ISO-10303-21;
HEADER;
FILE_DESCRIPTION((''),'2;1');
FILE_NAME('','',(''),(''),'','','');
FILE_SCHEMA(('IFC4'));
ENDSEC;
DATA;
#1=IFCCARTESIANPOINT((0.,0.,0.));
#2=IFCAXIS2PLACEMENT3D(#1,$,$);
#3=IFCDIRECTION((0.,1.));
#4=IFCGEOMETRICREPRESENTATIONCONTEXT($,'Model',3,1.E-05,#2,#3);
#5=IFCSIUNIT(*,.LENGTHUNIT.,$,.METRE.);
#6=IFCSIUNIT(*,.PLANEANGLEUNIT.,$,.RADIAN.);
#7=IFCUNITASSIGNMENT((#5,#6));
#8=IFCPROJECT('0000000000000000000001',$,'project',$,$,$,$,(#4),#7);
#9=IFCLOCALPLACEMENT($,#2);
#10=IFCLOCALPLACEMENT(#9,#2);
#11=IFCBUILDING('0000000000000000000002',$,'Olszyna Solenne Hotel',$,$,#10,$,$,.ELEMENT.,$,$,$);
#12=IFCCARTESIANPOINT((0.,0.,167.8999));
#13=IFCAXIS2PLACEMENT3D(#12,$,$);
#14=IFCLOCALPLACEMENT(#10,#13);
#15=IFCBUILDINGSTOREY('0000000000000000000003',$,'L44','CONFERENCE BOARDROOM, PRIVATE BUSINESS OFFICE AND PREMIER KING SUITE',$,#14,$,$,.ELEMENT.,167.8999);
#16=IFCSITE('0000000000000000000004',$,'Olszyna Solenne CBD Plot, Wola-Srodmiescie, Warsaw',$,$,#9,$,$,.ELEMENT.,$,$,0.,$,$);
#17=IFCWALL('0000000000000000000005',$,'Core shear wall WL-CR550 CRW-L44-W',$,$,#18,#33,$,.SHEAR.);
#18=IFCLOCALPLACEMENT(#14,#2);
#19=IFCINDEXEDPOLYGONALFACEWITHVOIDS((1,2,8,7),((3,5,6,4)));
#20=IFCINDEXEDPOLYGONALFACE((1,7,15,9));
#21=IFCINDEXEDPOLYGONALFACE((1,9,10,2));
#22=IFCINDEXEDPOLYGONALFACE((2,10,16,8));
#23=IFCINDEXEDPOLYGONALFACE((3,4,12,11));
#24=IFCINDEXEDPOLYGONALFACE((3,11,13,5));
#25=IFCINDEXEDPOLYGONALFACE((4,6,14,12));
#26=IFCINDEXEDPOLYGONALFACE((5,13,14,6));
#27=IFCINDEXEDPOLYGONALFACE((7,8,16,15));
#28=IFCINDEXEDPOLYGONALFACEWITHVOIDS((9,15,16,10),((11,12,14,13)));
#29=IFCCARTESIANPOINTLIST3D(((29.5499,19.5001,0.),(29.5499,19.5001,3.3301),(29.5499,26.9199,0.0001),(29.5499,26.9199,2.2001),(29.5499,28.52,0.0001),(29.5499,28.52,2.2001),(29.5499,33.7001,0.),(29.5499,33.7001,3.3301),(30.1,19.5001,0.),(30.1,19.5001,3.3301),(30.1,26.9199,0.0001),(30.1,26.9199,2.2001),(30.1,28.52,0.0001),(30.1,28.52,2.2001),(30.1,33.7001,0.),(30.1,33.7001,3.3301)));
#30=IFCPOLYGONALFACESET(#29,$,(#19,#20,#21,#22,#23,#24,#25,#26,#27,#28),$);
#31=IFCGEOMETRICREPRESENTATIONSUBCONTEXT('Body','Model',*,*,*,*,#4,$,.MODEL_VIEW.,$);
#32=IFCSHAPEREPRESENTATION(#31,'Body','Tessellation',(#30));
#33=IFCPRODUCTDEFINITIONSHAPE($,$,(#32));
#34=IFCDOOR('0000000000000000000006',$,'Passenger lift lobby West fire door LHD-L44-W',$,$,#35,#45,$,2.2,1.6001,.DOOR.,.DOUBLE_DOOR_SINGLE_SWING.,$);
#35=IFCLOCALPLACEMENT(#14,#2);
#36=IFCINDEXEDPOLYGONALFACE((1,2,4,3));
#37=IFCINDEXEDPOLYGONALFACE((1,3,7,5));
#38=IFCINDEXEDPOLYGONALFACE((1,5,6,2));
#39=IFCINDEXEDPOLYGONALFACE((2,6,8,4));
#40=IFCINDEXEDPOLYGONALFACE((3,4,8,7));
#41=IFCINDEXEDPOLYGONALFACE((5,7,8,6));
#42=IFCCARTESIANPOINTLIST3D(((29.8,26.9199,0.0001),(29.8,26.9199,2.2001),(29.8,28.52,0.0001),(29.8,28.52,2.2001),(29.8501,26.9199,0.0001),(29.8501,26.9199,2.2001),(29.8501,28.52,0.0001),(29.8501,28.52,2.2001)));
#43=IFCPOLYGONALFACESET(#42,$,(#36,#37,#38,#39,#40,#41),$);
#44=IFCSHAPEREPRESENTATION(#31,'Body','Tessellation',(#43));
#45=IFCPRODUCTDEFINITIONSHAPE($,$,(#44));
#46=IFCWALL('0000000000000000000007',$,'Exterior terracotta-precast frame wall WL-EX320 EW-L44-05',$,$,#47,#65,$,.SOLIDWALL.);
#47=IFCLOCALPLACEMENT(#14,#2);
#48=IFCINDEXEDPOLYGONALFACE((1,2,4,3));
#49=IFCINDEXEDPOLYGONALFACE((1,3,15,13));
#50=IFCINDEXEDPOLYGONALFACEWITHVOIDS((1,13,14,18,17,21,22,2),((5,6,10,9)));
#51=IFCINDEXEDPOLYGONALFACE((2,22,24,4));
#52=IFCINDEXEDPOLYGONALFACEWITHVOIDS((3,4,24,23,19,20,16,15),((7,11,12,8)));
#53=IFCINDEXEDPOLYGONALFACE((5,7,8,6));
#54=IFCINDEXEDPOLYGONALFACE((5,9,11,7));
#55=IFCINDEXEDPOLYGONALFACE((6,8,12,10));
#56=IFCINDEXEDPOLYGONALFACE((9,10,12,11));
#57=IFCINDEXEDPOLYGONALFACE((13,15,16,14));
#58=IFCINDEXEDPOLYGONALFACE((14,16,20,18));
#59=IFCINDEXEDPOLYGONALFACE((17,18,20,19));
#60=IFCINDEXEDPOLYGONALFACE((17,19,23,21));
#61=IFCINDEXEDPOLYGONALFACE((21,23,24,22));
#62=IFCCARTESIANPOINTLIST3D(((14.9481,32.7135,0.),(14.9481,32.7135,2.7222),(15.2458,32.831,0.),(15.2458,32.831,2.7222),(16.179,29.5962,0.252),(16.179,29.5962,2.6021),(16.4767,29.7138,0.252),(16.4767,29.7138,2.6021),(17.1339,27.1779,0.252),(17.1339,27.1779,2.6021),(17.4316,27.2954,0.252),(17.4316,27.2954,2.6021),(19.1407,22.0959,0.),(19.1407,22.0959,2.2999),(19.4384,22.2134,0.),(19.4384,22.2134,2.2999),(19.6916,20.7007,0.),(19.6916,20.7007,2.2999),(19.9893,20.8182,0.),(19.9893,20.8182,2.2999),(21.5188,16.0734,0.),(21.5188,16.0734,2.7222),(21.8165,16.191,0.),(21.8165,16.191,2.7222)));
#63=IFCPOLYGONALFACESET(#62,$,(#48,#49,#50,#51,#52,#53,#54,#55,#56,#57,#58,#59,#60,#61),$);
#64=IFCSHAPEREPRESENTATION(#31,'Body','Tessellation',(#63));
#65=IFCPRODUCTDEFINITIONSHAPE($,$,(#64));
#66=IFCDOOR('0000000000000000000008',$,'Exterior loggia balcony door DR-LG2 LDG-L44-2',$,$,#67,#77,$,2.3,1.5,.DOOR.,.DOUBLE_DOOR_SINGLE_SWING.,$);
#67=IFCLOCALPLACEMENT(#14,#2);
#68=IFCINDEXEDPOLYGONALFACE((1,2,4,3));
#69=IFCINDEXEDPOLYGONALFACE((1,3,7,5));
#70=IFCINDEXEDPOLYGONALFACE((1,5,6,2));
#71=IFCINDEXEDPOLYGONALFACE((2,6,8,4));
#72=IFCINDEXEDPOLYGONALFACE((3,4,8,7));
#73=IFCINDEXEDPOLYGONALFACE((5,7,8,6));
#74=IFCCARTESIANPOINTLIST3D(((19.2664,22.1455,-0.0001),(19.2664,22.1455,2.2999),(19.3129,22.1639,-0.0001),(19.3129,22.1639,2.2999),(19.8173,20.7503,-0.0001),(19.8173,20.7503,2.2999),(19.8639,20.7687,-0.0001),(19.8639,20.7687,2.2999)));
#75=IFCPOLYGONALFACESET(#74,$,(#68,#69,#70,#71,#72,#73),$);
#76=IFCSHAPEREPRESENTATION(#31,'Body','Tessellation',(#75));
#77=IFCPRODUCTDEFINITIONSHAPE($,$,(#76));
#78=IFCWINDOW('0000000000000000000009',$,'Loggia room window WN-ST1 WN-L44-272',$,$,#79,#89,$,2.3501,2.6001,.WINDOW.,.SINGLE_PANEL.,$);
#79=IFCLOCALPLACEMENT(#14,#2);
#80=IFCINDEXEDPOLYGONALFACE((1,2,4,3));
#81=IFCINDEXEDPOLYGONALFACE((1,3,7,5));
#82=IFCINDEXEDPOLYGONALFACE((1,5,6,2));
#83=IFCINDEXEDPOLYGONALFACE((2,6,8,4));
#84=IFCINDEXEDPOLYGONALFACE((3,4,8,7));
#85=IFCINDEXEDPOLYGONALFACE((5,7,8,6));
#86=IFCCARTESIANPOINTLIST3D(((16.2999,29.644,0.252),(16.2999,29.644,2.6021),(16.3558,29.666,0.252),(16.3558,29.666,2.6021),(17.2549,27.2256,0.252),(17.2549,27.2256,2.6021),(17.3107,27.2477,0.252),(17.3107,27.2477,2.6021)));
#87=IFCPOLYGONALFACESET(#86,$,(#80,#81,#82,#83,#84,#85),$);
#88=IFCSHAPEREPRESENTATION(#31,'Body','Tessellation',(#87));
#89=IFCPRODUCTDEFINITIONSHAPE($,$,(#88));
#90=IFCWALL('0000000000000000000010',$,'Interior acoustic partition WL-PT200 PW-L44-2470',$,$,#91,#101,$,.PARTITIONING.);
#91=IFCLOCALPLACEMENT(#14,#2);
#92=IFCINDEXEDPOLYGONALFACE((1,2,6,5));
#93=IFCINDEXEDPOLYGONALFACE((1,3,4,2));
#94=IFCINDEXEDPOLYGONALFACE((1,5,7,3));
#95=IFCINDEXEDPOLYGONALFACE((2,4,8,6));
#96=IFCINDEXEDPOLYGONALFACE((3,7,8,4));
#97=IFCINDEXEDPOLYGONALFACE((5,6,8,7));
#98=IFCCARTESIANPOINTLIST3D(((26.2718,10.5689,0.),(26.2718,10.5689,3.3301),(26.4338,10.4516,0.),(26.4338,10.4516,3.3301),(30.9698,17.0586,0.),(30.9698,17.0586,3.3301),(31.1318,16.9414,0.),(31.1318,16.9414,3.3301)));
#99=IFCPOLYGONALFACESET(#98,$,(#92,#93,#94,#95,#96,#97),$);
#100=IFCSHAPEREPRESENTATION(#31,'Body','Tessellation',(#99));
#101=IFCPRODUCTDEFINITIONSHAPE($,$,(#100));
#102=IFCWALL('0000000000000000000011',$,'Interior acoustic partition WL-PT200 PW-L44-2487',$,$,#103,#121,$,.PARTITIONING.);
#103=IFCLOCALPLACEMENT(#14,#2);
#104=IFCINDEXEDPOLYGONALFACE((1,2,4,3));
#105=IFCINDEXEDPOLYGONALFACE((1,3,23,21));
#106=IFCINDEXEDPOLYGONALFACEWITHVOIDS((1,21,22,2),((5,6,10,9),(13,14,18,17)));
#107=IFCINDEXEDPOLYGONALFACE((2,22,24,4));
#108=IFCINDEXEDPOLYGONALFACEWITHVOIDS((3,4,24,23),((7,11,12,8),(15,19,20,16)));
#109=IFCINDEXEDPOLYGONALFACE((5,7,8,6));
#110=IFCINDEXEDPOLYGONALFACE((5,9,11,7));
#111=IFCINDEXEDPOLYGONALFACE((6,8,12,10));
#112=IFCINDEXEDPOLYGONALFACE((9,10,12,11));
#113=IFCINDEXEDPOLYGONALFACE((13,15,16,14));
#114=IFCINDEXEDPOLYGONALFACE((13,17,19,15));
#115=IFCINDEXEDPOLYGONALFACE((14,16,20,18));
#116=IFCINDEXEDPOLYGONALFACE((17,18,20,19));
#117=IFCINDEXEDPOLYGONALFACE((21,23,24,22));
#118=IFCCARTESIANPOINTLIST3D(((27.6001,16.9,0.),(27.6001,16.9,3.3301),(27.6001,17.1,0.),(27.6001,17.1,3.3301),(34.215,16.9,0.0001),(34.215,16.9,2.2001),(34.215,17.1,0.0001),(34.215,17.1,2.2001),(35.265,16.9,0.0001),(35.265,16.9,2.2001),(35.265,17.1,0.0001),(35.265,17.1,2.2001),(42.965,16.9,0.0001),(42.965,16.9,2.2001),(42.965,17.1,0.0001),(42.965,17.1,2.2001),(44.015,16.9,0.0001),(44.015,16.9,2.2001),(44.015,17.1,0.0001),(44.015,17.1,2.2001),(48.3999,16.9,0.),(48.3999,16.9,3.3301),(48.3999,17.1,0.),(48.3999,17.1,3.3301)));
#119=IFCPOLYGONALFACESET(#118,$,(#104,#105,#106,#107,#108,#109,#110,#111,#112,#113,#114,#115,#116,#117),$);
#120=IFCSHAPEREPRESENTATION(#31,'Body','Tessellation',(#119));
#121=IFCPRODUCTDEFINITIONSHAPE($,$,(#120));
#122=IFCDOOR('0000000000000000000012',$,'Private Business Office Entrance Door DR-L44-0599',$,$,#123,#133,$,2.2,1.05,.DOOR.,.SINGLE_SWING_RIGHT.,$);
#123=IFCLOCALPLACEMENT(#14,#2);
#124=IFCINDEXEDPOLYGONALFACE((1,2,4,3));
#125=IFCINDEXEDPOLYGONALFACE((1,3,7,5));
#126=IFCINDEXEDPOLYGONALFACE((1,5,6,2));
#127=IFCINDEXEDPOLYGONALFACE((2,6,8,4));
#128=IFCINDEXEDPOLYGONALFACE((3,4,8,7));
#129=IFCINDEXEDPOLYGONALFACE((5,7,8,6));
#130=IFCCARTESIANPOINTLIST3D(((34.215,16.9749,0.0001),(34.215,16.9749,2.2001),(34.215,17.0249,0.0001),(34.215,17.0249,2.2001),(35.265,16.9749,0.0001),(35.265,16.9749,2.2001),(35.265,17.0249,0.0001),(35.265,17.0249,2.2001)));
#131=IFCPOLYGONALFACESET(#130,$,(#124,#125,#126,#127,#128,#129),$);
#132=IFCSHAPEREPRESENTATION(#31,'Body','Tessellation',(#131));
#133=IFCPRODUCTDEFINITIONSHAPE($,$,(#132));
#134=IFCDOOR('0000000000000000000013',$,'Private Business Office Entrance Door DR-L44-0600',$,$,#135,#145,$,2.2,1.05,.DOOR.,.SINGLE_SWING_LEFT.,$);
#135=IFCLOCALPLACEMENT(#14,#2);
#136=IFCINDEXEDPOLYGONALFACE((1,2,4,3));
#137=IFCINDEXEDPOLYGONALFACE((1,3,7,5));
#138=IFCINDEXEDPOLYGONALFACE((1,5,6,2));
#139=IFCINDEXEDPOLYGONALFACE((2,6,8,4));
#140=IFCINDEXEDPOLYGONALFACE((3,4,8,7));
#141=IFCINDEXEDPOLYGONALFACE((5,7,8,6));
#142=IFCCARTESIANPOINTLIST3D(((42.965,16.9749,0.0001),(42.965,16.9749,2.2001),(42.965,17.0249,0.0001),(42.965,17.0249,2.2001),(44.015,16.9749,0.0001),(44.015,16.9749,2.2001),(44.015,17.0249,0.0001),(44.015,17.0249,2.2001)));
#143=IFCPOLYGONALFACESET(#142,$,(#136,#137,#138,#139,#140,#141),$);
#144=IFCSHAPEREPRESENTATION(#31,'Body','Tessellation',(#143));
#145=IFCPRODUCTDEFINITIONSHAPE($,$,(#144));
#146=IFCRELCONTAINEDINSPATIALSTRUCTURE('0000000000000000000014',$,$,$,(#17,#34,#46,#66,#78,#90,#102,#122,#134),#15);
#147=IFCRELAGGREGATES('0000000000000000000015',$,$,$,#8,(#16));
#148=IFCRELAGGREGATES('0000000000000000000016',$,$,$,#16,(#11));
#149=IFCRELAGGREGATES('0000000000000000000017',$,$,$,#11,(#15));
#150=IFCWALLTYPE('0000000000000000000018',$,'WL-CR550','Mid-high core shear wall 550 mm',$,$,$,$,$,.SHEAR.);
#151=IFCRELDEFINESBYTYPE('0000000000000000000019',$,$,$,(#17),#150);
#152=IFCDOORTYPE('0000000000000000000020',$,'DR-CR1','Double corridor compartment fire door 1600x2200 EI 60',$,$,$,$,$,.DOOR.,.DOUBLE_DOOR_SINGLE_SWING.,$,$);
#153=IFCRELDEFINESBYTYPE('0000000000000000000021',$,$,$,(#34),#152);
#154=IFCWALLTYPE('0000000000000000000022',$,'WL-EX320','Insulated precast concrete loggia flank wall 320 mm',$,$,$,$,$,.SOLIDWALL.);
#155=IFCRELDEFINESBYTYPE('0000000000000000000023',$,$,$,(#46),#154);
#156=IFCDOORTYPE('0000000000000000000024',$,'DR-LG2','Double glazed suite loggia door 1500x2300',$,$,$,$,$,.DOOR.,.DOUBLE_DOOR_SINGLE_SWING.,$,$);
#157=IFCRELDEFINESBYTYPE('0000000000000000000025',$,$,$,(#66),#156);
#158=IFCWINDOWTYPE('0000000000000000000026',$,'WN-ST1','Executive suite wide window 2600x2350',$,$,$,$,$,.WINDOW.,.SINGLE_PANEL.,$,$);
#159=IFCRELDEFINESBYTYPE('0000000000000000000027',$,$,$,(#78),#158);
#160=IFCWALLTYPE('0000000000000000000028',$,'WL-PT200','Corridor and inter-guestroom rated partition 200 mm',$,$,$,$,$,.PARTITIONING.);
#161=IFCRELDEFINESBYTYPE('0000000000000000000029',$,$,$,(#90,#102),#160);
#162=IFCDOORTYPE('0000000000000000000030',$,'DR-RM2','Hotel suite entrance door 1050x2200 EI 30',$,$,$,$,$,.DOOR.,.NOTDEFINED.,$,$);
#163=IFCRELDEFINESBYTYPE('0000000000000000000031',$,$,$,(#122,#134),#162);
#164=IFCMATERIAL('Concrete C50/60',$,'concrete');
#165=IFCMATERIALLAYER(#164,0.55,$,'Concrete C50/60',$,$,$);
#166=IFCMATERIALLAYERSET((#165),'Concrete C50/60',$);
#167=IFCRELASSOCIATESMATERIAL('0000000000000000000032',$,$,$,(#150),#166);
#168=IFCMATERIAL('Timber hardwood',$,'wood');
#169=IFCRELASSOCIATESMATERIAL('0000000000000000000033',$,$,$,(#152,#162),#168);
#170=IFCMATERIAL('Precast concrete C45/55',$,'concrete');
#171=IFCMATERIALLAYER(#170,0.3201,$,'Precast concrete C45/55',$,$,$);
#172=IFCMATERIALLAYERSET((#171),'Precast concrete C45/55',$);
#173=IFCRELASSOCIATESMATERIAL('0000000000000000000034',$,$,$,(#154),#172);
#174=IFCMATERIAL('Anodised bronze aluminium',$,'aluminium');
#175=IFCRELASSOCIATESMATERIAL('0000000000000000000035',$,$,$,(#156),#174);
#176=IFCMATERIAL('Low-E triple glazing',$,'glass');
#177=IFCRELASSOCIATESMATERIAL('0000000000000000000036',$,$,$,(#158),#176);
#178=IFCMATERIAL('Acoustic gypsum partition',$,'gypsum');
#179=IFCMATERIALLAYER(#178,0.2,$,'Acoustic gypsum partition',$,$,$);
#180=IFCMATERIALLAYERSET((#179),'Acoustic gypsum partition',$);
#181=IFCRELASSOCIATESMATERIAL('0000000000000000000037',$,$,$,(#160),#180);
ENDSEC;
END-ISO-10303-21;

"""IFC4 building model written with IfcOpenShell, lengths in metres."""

from ifc_helpers import new_model, si_unit, direction, frame, frame_2d, origin, place, context, subcontext, project, spatial, rectangle, extrude, source, transform, mapped, material, layer, layer_set, type_object, type_shapes, element, fill, save


model = new_model("IFC4")

# Units and contexts
model_context = context("Model", 3, precision=1e-05, world=origin(), true_north=direction((0.0, 1.0)))
body_context = subcontext(model_context, "Body", "Model", "MODEL_VIEW")
ifc_project = project(units=[si_unit("LENGTHUNIT", "METRE"), si_unit("PLANEANGLEUNIT", "RADIAN")], contexts=[model_context])

# Site, building, storey
site_placement = place(None, origin())
site = spatial("IfcSite", under=ifc_project, at=site_placement, Name="Olszyna Solenne CBD Plot, Wola-Srodmiescie, Warsaw", CompositionType="ELEMENT", RefElevation=0.0)
building_placement = place(site_placement, origin())
building = spatial("IfcBuilding", under=site, at=building_placement, Name="Olszyna Solenne Hotel", CompositionType="ELEMENT")
storey_placement = place(building_placement, frame((0.0, 0.0, 167.8999)))
storey = spatial("IfcBuildingStorey", under=building, at=storey_placement, Name="L44", Description="CONFERENCE BOARDROOM, PRIVATE BUSINESS OFFICE AND PREMIER KING SUITE", CompositionType="ELEMENT", Elevation=167.8999)

# Shared definitions
ifc_material_1 = material(Name="Precast concrete C45/55", Category="concrete")
ifc_material_2 = material(Name="Concrete C50/60", Category="concrete")

# Wall, opening, door
ifc_layer_1 = layer(ifc_material_2, 0.55, Name="Concrete C50/60")
ifc_layer_set_1 = layer_set([ifc_layer_1], Name="Concrete C50/60")
wall_type_1 = type_object("IfcWallType", Name="WL-CR550", Description="Mid-high core shear wall 550 mm", PredefinedType="SHEAR", material=ifc_layer_set_1)
wall_1_placement = place(storey_placement, frame((29.825, 19.5, 0.0), z_axis=(0.0, 0.0, 1.0), x_axis=(0.0, 1.0, 0.0)))
wall_1 = element("IfcWall", 1, at=wall_1_placement, inside=storey, type_object=wall_type_1, Name="Core shear wall WL-CR550 CRW-L44-W", PredefinedType="SHEAR", context=body_context, shape_type="SweptSolid", body=[
    extrude(rectangle(XDim=14.2, YDim=0.55, at=frame_2d((7.1001, 0.0))), origin(), (0.0, 0.0, 1.0), 3.3301),
])
opening_1_placement = place(wall_1_placement, frame((7.4199, 0.0, 0.0)))
opening_1 = element("IfcOpeningElement", 2, at=opening_1_placement, cuts=wall_1, PredefinedType="OPENING", context=body_context, shape_type="SweptSolid", body=[
    extrude(rectangle(XDim=1.6001, YDim=2.2, at=frame_2d((0.8, 1.1001))), frame((0.0, 0.2852, 0.0), z_axis=(0.0, -1.0, 0.0), x_axis=(1.0, 0.0, 0.0)), (0.0, 0.0, 1.0), 0.5701),
])
ifc_material_3 = material(Name="Timber hardwood", Category="wood")
door_type_1 = type_object("IfcDoorType", Name="DR-CR1", Description="Double corridor compartment fire door 1600x2200 EI 60", OperationType="DOUBLE_DOOR_SINGLE_SWING", PredefinedType="DOOR", material=ifc_material_3)
shared_shape_1 = source(origin(), body_context, "Body", "SweptSolid", [
    extrude(rectangle(XDim=1.6001, YDim=2.2, at=frame_2d((0.8, 1.1001))), frame((0.0, 0.0249, 0.0), z_axis=(0.0, -1.0, 0.0), x_axis=(1.0, 0.0, 0.0)), (0.0, 0.0, 1.0), 0.05),
])
type_shapes(door_type_1, [shared_shape_1])
door_1_placement = place(opening_1_placement, origin())
door_1 = element("IfcDoor", 3, at=door_1_placement, inside=storey, type_object=door_type_1, Name="Passenger lift lobby West fire door LHD-L44-W", OperationType="DOUBLE_DOOR_SINGLE_SWING", OverallHeight=2.2, OverallWidth=1.6001, PredefinedType="DOOR", context=body_context, shape_type="MappedRepresentation", body=[
    mapped(shared_shape_1, transform((0.0, 0.0, 0.0), x_axis=(1.0, 0.0, 0.0), y_axis=(0.0, 1.0, 0.0), z_axis=(0.0, 0.0, 1.0), scale=1.0)),
])
fill(opening_1, door_1)

# Wall, openings, door, window
ifc_layer_2 = layer(ifc_material_1, 0.3201, Name="Precast concrete C45/55")
ifc_layer_set_2 = layer_set([ifc_layer_2], Name="Precast concrete C45/55")
wall_type_2 = type_object("IfcWallType", Name="WL-EX320", Description="Insulated precast concrete loggia flank wall 320 mm", PredefinedType="SOLIDWALL", material=ifc_layer_set_2)
wall_2_placement = place(storey_placement, frame((21.6677, 16.1321, 0.0), z_axis=(0.0, 0.0, 1.0), x_axis=(-0.367279, 0.930111, 0.0)))
wall_2 = element("IfcWall", 4, at=wall_2_placement, inside=storey, type_object=wall_type_2, Name="Exterior terracotta-precast frame wall WL-EX320 EW-L44-05", PredefinedType="SOLIDWALL", context=body_context, shape_type="SweptSolid", body=[
    extrude(rectangle(XDim=17.8904, YDim=0.3201, at=frame_2d((8.9453, 0.0))), origin(), (0.0, 0.0, 1.0), 2.7222),
])
opening_2_placement = place(wall_2_placement, frame((4.9751, 0.0, 0.0)))
opening_2 = element("IfcOpeningElement", 5, at=opening_2_placement, cuts=wall_2, PredefinedType="OPENING", context=body_context, shape_type="SweptSolid", body=[
    extrude(rectangle(XDim=1.5, YDim=2.3, at=frame_2d((0.75, 1.1499))), frame((0.0, 0.1699, 0.0), z_axis=(0.0, -1.0, 0.0), x_axis=(1.0, 0.0, 0.0)), (0.0, 0.0, 1.0), 0.3401),
])
opening_3_placement = place(wall_2_placement, frame((11.939, 0.0, 0.252)))
opening_3 = element("IfcOpeningElement", 6, at=opening_3_placement, cuts=wall_2, PredefinedType="OPENING", context=body_context, shape_type="SweptSolid", body=[
    extrude(rectangle(XDim=2.6001, YDim=2.3501, at=frame_2d((1.3, 1.175))), frame((0.0, 0.1699, 0.0), z_axis=(0.0, -1.0, 0.0), x_axis=(1.0, 0.0, 0.0)), (0.0, 0.0, 1.0), 0.3401),
])
ifc_material_4 = material(Name="Anodised bronze aluminium", Category="aluminium")
door_type_2 = type_object("IfcDoorType", Name="DR-LG2", Description="Double glazed suite loggia door 1500x2300", OperationType="DOUBLE_DOOR_SINGLE_SWING", PredefinedType="DOOR", material=ifc_material_4)
shared_shape_2 = source(origin(), body_context, "Body", "SweptSolid", [
    extrude(rectangle(XDim=1.5, YDim=2.3, at=frame_2d((0.75, 1.1499))), frame((0.0, 0.0249, 0.0), z_axis=(0.0, -1.0, 0.0), x_axis=(1.0, 0.0, 0.0)), (0.0, 0.0, 1.0), 0.05),
])
type_shapes(door_type_2, [shared_shape_2])
door_2_placement = place(opening_2_placement, origin())
door_2 = element("IfcDoor", 7, at=door_2_placement, inside=storey, type_object=door_type_2, Name="Exterior loggia balcony door DR-LG2 LDG-L44-2", OperationType="DOUBLE_DOOR_SINGLE_SWING", OverallHeight=2.3, OverallWidth=1.5, PredefinedType="DOOR", context=body_context, shape_type="MappedRepresentation", body=[
    mapped(shared_shape_2, transform((0.0, 0.0, 0.0), x_axis=(1.0, 0.0, 0.0), y_axis=(0.0, 1.0, 0.0), z_axis=(0.0, 0.0, 1.0), scale=1.0)),
])
fill(opening_2, door_2)
ifc_material_5 = material(Name="Low-E triple glazing", Category="glass")
window_type = type_object("IfcWindowType", Name="WN-ST1", Description="Executive suite wide window 2600x2350", PartitioningType="SINGLE_PANEL", PredefinedType="WINDOW", material=ifc_material_5)
shared_shape_3 = source(origin(), body_context, "Body", "SweptSolid", [
    extrude(rectangle(XDim=2.6001, YDim=2.3501, at=frame_2d((1.3, 1.175))), frame((0.0, 0.03, 0.0), z_axis=(0.0, -1.0, 0.0), x_axis=(1.0, 0.0, 0.0)), (0.0, 0.0, 1.0), 0.0601),
])
type_shapes(window_type, [shared_shape_3])
window_placement = place(opening_3_placement, origin())
window = element("IfcWindow", 8, at=window_placement, inside=storey, type_object=window_type, Name="Loggia room window WN-ST1 WN-L44-272", OverallHeight=2.3501, OverallWidth=2.6001, PartitioningType="SINGLE_PANEL", PredefinedType="WINDOW", context=body_context, shape_type="MappedRepresentation", body=[
    mapped(shared_shape_3, transform((0.0, 0.0, 0.0), x_axis=(1.0, 0.0, 0.0), y_axis=(0.0, 1.0, 0.0), z_axis=(0.0, 0.0, 1.0), scale=1.0)),
])
fill(opening_3, window)

# Wall
ifc_material_6 = material(Name="Acoustic gypsum partition", Category="gypsum")
ifc_layer_3 = layer(ifc_material_6, 0.2, Name="Acoustic gypsum partition")
ifc_layer_set_3 = layer_set([ifc_layer_3], Name="Acoustic gypsum partition")
wall_type_3 = type_object("IfcWallType", Name="WL-PT200", Description="Corridor and inter-guestroom rated partition 200 mm", PredefinedType="PARTITIONING", material=ifc_layer_set_3)
wall_3_placement = place(storey_placement, frame((31.0508, 17.0, 0.0), z_axis=(0.0, 0.0, 1.0), x_axis=(-0.586389, -0.810029, 0.0)))
element("IfcWall", 9, at=wall_3_placement, inside=storey, type_object=wall_type_3, Name="Interior acoustic partition WL-PT200 PW-L44-2470", PredefinedType="PARTITIONING", context=body_context, shape_type="SweptSolid", body=[
    extrude(rectangle(XDim=8.0117, YDim=0.2, at=frame_2d((4.0059, 0.0))), origin(), (0.0, 0.0, 1.0), 3.3301),
])

# Wall, openings, doors
wall_4_placement = place(storey_placement, frame((27.6001, 17.0, 0.0), z_axis=(0.0, 0.0, 1.0), x_axis=(1.0, 0.0, 0.0)))
wall_4 = element("IfcWall", 10, at=wall_4_placement, inside=storey, type_object=wall_type_3, Name="Interior acoustic partition WL-PT200 PW-L44-2487", PredefinedType="PARTITIONING", context=body_context, shape_type="SweptSolid", body=[
    extrude(rectangle(XDim=20.7998, YDim=0.2, at=frame_2d((10.3999, 0.0))), origin(), (0.0, 0.0, 1.0), 3.3301),
])
opening_4_placement = place(wall_4_placement, frame((6.615, 0.0, 0.0)))
opening_4 = element("IfcOpeningElement", 11, at=opening_4_placement, cuts=wall_4, PredefinedType="OPENING", context=body_context, shape_type="SweptSolid", body=[
    extrude(rectangle(XDim=1.05, YDim=2.2, at=frame_2d((0.5249, 1.1001))), frame((0.0, 0.1099, 0.0), z_axis=(0.0, -1.0, 0.0), x_axis=(1.0, 0.0, 0.0)), (0.0, 0.0, 1.0), 0.22),
])
opening_5_placement = place(wall_4_placement, frame((15.365, 0.0, 0.0)))
opening_5 = element("IfcOpeningElement", 12, at=opening_5_placement, cuts=wall_4, PredefinedType="OPENING", context=body_context, shape_type="SweptSolid", body=[
    extrude(rectangle(XDim=1.05, YDim=2.2, at=frame_2d((0.5249, 1.1001))), frame((0.0, 0.1099, 0.0), z_axis=(0.0, -1.0, 0.0), x_axis=(1.0, 0.0, 0.0)), (0.0, 0.0, 1.0), 0.22),
])
door_type_3 = type_object("IfcDoorType", Name="DR-RM2", Description="Hotel suite entrance door 1050x2200 EI 30", OperationType="NOTDEFINED", PredefinedType="DOOR", material=ifc_material_3)
shared_shape_4 = source(origin(), body_context, "Body", "SweptSolid", [
    extrude(rectangle(XDim=1.05, YDim=2.2, at=frame_2d((0.5249, 1.1001))), frame((0.0, 0.0249, 0.0), z_axis=(0.0, -1.0, 0.0), x_axis=(1.0, 0.0, 0.0)), (0.0, 0.0, 1.0), 0.05),
])
type_shapes(door_type_3, [shared_shape_4])
door_3_placement = place(opening_4_placement, origin())
door_3 = element("IfcDoor", 13, at=door_3_placement, inside=storey, type_object=door_type_3, Name="Private Business Office Entrance Door DR-L44-0599", OperationType="SINGLE_SWING_RIGHT", OverallHeight=2.2, OverallWidth=1.05, PredefinedType="DOOR", context=body_context, shape_type="MappedRepresentation", body=[
    mapped(shared_shape_4, transform((0.0, 0.0, 0.0), x_axis=(1.0, 0.0, 0.0), y_axis=(0.0, 1.0, 0.0), z_axis=(0.0, 0.0, 1.0), scale=1.0)),
])
fill(opening_4, door_3)
door_4_placement = place(opening_5_placement, origin())
door_4 = element("IfcDoor", 14, at=door_4_placement, inside=storey, type_object=door_type_3, Name="Private Business Office Entrance Door DR-L44-0600", OperationType="SINGLE_SWING_LEFT", OverallHeight=2.2, OverallWidth=1.05, PredefinedType="DOOR", context=body_context, shape_type="MappedRepresentation", body=[
    mapped(shared_shape_4, transform((0.0, 0.0, 0.0), x_axis=(1.0, 0.0, 0.0), y_axis=(0.0, 1.0, 0.0), z_axis=(0.0, 0.0, 1.0), scale=1.0)),
])
fill(opening_5, door_4)

save(model, "model.ifc")
